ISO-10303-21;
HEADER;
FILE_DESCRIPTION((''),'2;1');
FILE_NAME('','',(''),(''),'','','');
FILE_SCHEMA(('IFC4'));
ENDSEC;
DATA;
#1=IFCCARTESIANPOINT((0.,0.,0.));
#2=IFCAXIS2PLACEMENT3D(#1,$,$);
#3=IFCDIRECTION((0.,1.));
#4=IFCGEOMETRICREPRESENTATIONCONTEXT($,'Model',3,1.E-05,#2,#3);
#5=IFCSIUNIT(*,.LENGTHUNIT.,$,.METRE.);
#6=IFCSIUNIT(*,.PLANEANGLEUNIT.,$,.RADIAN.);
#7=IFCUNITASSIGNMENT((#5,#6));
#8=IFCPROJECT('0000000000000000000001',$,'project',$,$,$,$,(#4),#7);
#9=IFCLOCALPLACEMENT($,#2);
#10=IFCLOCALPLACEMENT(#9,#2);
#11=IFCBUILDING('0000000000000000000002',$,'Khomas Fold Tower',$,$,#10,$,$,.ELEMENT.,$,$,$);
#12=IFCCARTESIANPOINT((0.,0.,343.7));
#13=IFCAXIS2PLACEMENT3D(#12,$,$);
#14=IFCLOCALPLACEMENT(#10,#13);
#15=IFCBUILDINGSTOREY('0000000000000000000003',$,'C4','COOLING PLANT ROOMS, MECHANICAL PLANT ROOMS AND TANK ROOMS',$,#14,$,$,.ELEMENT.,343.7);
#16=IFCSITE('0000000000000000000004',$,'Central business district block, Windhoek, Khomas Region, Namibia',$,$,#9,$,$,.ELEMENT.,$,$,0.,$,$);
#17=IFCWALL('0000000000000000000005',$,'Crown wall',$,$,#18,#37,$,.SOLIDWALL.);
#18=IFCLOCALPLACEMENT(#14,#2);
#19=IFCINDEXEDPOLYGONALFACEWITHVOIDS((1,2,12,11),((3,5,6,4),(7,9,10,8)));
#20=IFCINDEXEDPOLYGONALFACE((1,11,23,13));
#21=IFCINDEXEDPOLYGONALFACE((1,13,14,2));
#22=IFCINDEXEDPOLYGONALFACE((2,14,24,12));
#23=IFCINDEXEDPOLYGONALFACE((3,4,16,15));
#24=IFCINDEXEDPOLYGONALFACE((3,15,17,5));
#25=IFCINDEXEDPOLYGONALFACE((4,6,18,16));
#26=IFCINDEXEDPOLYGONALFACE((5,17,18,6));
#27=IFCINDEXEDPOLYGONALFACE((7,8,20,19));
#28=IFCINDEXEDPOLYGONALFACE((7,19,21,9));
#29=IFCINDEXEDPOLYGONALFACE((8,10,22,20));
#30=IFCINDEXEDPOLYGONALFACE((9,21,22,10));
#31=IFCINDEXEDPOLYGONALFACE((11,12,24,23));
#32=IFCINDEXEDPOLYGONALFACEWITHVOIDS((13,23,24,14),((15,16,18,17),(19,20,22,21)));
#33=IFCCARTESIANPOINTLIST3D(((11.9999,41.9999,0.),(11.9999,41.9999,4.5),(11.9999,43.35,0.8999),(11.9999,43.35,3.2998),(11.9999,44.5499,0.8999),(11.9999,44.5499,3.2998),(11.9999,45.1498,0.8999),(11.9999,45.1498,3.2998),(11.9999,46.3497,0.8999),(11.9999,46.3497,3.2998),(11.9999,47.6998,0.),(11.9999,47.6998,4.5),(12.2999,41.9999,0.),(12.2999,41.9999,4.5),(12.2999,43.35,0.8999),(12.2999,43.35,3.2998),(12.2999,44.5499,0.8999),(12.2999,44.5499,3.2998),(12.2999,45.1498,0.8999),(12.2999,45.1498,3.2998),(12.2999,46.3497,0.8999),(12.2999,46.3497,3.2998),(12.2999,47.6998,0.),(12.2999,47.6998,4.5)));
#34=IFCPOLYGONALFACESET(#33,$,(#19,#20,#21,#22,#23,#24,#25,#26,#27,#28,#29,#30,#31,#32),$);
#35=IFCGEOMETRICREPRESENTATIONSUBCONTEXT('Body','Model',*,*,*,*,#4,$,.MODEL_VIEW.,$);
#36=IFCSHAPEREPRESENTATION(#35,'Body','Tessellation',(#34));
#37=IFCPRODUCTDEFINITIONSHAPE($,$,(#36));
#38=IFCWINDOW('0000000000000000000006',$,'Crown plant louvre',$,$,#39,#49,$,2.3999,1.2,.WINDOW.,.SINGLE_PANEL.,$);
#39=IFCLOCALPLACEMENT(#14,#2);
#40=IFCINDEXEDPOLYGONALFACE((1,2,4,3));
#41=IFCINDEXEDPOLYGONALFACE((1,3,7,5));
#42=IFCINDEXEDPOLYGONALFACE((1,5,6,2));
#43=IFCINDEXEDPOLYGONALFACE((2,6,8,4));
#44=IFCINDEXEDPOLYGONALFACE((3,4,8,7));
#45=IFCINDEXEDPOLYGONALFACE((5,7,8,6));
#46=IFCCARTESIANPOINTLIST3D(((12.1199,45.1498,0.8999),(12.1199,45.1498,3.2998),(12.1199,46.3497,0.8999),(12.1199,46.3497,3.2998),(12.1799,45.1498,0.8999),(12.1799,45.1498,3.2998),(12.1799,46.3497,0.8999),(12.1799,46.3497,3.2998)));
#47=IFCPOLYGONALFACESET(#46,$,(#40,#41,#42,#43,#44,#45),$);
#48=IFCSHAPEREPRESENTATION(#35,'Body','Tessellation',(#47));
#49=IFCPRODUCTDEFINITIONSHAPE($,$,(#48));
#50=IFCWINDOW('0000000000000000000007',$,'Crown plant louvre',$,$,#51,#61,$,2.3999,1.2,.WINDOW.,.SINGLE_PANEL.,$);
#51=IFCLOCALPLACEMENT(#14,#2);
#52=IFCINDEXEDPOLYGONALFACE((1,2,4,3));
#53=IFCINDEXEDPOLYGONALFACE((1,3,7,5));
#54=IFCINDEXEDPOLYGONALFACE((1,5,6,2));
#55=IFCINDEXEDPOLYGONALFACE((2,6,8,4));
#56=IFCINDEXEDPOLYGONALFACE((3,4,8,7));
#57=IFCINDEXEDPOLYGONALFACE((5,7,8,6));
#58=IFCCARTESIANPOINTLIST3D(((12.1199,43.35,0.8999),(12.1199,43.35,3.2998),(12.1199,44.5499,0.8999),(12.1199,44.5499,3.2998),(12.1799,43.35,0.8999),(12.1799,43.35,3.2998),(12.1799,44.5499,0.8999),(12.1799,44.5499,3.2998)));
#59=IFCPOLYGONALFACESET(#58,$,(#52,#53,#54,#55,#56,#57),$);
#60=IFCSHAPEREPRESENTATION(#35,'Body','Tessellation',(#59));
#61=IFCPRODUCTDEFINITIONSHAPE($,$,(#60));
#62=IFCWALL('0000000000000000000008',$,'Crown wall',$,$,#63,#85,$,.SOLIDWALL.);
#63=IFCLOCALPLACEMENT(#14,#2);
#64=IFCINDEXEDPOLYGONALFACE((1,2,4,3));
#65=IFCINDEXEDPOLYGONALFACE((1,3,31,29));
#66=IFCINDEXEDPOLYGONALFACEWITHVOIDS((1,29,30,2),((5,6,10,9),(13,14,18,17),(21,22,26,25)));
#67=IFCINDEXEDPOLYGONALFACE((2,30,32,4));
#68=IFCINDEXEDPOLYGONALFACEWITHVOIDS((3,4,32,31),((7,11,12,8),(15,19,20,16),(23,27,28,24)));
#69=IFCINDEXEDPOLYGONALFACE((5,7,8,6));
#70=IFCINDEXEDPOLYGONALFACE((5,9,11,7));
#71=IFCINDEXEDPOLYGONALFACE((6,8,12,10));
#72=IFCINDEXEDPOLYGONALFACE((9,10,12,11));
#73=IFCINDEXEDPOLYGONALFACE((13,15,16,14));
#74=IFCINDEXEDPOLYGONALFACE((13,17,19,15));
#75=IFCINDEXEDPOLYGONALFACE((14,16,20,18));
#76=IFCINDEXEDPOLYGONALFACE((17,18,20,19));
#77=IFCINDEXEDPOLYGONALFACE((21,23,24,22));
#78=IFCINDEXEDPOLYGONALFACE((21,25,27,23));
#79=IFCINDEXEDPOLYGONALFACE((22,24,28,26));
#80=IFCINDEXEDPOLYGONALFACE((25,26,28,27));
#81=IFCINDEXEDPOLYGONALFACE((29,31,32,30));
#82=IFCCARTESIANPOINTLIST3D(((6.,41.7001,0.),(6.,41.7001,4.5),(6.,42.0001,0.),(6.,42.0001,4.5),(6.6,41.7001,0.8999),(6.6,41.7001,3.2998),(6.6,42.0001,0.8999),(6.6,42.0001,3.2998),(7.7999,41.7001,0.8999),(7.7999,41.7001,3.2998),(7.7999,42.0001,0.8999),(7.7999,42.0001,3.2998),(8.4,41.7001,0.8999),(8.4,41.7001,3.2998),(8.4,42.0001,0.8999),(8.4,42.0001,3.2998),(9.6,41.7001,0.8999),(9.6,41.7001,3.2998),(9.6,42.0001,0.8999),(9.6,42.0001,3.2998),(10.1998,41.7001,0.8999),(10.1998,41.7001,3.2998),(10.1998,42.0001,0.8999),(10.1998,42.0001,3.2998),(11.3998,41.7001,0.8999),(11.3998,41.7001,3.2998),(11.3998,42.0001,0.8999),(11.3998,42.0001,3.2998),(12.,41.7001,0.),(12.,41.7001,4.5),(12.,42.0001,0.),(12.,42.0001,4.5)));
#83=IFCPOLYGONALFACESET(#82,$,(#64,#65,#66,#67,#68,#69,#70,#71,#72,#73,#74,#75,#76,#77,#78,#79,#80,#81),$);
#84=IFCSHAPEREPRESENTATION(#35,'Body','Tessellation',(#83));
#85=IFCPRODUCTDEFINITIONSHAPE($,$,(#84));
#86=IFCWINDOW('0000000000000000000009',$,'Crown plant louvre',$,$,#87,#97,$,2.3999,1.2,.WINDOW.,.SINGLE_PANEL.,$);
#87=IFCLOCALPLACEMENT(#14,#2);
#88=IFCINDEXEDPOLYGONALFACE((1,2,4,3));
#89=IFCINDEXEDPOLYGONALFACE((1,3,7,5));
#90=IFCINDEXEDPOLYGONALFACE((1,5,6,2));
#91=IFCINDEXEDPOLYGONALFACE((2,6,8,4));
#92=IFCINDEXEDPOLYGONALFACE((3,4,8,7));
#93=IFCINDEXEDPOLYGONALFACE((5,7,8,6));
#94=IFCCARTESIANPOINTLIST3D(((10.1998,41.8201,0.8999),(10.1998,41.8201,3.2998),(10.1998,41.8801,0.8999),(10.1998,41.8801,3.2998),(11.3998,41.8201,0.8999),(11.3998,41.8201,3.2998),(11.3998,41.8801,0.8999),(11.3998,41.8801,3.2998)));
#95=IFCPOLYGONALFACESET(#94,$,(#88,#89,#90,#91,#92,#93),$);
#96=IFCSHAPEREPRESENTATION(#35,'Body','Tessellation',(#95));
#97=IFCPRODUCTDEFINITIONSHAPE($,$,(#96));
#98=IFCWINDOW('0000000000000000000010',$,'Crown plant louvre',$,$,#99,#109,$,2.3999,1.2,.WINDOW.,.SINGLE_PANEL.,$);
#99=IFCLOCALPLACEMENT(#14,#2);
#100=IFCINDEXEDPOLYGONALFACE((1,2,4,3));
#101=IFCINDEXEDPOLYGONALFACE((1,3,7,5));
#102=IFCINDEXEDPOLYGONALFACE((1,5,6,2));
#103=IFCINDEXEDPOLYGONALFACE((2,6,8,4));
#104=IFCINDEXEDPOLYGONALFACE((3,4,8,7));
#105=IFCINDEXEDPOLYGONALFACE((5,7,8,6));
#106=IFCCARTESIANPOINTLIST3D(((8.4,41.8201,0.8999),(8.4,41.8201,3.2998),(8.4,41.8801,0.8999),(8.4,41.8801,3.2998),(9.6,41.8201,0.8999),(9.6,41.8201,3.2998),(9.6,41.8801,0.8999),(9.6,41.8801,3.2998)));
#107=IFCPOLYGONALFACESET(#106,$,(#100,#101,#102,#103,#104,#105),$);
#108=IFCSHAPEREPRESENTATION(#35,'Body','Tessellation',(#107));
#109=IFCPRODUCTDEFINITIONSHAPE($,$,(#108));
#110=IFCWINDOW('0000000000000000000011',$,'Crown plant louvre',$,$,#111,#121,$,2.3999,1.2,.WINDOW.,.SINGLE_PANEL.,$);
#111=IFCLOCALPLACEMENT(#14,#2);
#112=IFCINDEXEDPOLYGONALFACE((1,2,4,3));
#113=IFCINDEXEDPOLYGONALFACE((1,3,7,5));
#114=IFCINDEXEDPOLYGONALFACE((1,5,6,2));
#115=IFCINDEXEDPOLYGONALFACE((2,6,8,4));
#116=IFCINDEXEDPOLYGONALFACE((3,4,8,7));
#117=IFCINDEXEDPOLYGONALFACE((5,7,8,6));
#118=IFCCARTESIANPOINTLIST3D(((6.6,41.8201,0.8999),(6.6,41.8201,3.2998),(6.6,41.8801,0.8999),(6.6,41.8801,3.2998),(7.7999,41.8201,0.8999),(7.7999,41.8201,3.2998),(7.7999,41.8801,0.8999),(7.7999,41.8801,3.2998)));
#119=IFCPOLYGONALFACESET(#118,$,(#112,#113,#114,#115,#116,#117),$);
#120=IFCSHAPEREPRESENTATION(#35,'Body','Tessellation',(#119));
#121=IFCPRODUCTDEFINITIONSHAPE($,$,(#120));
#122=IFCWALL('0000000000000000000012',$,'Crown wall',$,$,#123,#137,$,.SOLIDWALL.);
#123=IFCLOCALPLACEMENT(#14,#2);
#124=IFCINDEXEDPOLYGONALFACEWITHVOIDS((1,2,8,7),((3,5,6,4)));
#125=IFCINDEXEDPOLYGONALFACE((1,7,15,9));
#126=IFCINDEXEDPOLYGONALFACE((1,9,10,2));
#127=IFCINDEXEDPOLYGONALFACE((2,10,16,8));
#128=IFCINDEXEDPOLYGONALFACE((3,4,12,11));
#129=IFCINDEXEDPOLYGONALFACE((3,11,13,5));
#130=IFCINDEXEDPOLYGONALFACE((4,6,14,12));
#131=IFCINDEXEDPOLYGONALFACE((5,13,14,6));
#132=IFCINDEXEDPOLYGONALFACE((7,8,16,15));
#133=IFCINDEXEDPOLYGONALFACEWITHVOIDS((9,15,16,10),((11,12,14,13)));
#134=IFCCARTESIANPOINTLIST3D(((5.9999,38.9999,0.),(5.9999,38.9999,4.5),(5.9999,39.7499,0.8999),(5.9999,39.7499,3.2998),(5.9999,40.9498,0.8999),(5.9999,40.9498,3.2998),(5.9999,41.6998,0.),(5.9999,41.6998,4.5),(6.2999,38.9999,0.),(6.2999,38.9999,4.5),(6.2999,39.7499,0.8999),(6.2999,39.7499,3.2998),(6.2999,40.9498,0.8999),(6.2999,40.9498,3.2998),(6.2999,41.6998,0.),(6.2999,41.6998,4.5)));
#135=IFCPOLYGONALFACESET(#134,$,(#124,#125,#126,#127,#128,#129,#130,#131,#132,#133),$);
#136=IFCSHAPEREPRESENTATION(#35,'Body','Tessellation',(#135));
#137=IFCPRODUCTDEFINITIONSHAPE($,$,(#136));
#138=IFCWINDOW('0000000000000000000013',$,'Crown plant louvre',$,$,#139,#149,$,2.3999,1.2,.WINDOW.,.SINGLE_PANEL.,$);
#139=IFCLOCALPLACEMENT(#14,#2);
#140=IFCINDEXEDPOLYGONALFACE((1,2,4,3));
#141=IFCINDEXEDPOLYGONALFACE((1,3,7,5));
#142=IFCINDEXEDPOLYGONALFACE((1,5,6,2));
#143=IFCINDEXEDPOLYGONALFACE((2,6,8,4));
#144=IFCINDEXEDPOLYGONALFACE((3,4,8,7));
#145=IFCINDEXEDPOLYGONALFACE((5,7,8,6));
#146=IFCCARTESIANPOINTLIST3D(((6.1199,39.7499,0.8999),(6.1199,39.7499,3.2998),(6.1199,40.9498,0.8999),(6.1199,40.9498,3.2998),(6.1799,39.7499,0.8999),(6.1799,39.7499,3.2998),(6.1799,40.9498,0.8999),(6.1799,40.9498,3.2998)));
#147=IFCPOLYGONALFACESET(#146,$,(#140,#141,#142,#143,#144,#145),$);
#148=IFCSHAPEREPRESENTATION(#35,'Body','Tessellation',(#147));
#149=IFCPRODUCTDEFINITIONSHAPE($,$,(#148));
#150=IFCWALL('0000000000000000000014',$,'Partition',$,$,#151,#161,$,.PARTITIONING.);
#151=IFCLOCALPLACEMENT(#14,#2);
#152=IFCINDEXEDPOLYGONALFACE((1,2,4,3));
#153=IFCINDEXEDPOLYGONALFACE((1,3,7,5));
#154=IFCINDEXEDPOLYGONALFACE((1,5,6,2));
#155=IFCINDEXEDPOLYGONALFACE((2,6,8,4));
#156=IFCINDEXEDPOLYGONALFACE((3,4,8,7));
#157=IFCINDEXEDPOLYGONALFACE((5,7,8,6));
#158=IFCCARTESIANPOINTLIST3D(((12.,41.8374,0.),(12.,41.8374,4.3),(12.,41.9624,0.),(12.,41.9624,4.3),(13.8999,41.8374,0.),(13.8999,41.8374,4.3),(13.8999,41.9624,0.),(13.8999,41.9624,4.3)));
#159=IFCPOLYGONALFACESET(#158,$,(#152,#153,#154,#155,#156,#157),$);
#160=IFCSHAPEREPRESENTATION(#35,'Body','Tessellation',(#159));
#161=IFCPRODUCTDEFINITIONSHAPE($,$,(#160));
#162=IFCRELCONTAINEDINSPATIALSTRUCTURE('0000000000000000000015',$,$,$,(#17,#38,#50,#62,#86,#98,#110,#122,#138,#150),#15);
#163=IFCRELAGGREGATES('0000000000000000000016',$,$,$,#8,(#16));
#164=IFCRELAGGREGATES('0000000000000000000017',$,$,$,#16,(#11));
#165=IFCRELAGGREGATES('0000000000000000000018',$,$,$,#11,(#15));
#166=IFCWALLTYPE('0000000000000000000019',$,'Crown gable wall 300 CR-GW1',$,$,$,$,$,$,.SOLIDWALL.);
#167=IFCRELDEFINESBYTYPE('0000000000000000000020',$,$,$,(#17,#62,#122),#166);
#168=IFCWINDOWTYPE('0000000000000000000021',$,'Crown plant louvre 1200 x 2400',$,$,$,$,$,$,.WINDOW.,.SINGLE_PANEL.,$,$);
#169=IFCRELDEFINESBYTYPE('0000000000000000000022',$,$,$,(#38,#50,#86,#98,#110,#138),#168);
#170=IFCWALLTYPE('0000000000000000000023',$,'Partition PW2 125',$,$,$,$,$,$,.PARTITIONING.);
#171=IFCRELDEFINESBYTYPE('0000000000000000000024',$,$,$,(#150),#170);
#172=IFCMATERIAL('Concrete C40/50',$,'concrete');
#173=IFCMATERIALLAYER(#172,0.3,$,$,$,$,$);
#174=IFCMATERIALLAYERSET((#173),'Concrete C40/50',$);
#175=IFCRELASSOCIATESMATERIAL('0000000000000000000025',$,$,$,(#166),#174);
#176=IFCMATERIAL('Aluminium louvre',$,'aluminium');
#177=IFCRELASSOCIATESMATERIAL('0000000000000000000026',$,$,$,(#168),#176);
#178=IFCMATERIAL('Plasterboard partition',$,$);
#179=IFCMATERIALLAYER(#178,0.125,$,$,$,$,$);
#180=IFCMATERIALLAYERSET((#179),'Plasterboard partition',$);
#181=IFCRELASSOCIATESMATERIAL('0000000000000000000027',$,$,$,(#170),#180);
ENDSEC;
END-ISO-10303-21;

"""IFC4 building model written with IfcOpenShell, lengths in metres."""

from ifc_helpers import new_model, si_unit, direction, frame, frame_2d, origin, place, context, subcontext, project, spatial, rectangle, extrude, source, transform, mapped, material, layer, layer_set, type_object, element, fill, save


model = new_model("IFC4")

# Units and contexts
model_context = context("Model", 3, precision=1e-05, world=origin(), true_north=direction((0.0, 1.0)))
body_context = subcontext(model_context, "Body", "Model", "MODEL_VIEW")
ifc_project = project(units=[si_unit("LENGTHUNIT", "METRE"), si_unit("PLANEANGLEUNIT", "RADIAN")], contexts=[model_context])

# Site, building, storey
site_placement = place(None, origin())
site = spatial("IfcSite", under=ifc_project, at=site_placement, Name="Central business district block, Windhoek, Khomas Region, Namibia", CompositionType="ELEMENT", RefElevation=0.0)
building_placement = place(site_placement, origin())
building = spatial("IfcBuilding", under=site, at=building_placement, Name="Khomas Fold Tower", CompositionType="ELEMENT")
storey_placement = place(building_placement, frame((0.0, 0.0, 343.7)))
storey = spatial("IfcBuildingStorey", under=building, at=storey_placement, Name="C4", Description="COOLING PLANT ROOMS, MECHANICAL PLANT ROOMS AND TANK ROOMS", CompositionType="ELEMENT", Elevation=343.7)

# Walls, openings, windows
ifc_material_1 = material(Name="Concrete C40/50", Category="concrete")
ifc_layer_1 = layer(ifc_material_1, 0.3)
ifc_layer_set_1 = layer_set([ifc_layer_1], Name="Concrete C40/50")
wall_type_1 = type_object("IfcWallType", Name="Crown gable wall 300 CR-GW1", PredefinedType="SOLIDWALL", material=ifc_layer_set_1)
shared_shape_1 = source(origin(), body_context, "Body", "SweptSolid", [
    extrude(rectangle(XDim=5.7, YDim=0.3, at=frame_2d((2.8501, 0.0))), origin(), (0.0, 0.0, 1.0), 4.5),
])
wall_1_placement = place(storey_placement, frame((12.1499, 47.7, 0.0), z_axis=(0.0, 0.0, 1.0), x_axis=(0.0, -1.0, 0.0)))
wall_1 = element("IfcWall", 1, at=wall_1_placement, inside=storey, type_object=wall_type_1, Name="Crown wall", PredefinedType="SOLIDWALL", context=body_context, shape_type="MappedRepresentation", body=[
    mapped(shared_shape_1, transform((0.0, 0.0, 0.0))),
])
shared_shape_2 = source(origin(), body_context, "Body", "SweptSolid", [
    extrude(rectangle(XDim=1.2, YDim=2.3999, at=frame_2d((0.6001, 1.2))), frame((0.0, 0.1599, 0.0), z_axis=(0.0, -1.0, 0.0), x_axis=(1.0, 0.0, 0.0)), (0.0, 0.0, 1.0), 0.3201),
])
opening_1_placement = place(wall_1_placement, frame((1.3501, 0.0, 0.8999)))
opening_1 = element("IfcOpeningElement", 2, at=opening_1_placement, cuts=wall_1, PredefinedType="OPENING", context=body_context, shape_type="MappedRepresentation", body=[
    mapped(shared_shape_2, transform((0.0, 0.0, 0.0))),
])
opening_2_placement = place(wall_1_placement, frame((3.1499, 0.0, 0.8999)))
opening_2 = element("IfcOpeningElement", 3, at=opening_2_placement, cuts=wall_1, PredefinedType="OPENING", context=body_context, shape_type="MappedRepresentation", body=[
    mapped(shared_shape_2, transform((0.0, 0.0, 0.0))),
])
ifc_material_2 = material(Name="Aluminium louvre", Category="aluminium")
window_type = type_object("IfcWindowType", Name="Crown plant louvre 1200 x 2400", PartitioningType="SINGLE_PANEL", PredefinedType="WINDOW", material=ifc_material_2)
shared_shape_3 = source(origin(), body_context, "Body", "SweptSolid", [
    extrude(rectangle(XDim=1.2, YDim=2.3999, at=frame_2d((0.6001, 1.2))), frame((0.0, 0.03, 0.0), z_axis=(0.0, -1.0, 0.0), x_axis=(1.0, 0.0, 0.0)), (0.0, 0.0, 1.0), 0.0601),
])
window_1_placement = place(opening_1_placement, origin())
window_1 = element("IfcWindow", 4, at=window_1_placement, inside=storey, type_object=window_type, Name="Crown plant louvre", OverallHeight=2.3999, OverallWidth=1.2, PartitioningType="SINGLE_PANEL", PredefinedType="WINDOW", context=body_context, shape_type="MappedRepresentation", body=[
    mapped(shared_shape_3, transform((0.0, 0.0, 0.0))),
])
fill(opening_1, window_1)
window_2_placement = place(opening_2_placement, origin())
window_2 = element("IfcWindow", 5, at=window_2_placement, inside=storey, type_object=window_type, Name="Crown plant louvre", OverallHeight=2.3999, OverallWidth=1.2, PartitioningType="SINGLE_PANEL", PredefinedType="WINDOW", context=body_context, shape_type="MappedRepresentation", body=[
    mapped(shared_shape_3, transform((0.0, 0.0, 0.0))),
])
fill(opening_2, window_2)
shared_shape_4 = source(origin(), body_context, "Body", "SweptSolid", [
    extrude(rectangle(XDim=6.0, YDim=0.3, at=frame_2d((3.0, 0.0))), origin(), (0.0, 0.0, 1.0), 4.5),
])
wall_2_placement = place(storey_placement, frame((12.0, 41.8501, 0.0), z_axis=(0.0, 0.0, 1.0), x_axis=(-1.0, 0.0, 0.0)))
wall_2 = element("IfcWall", 6, at=wall_2_placement, inside=storey, type_object=wall_type_1, Name="Crown wall", PredefinedType="SOLIDWALL", context=body_context, shape_type="MappedRepresentation", body=[
    mapped(shared_shape_4, transform((0.0, 0.0, 0.0))),
])
opening_3_placement = place(wall_2_placement, frame((0.6001, 0.0, 0.8999)))
opening_3 = element("IfcOpeningElement", 7, at=opening_3_placement, cuts=wall_2, PredefinedType="OPENING", context=body_context, shape_type="MappedRepresentation", body=[
    mapped(shared_shape_2, transform((0.0, 0.0, 0.0))),
])
opening_4_placement = place(wall_2_placement, frame((2.3999, 0.0, 0.8999)))
opening_4 = element("IfcOpeningElement", 8, at=opening_4_placement, cuts=wall_2, PredefinedType="OPENING", context=body_context, shape_type="MappedRepresentation", body=[
    mapped(shared_shape_2, transform((0.0, 0.0, 0.0))),
])
opening_5_placement = place(wall_2_placement, frame((4.2, 0.0, 0.8999)))
opening_5 = element("IfcOpeningElement", 9, at=opening_5_placement, cuts=wall_2, PredefinedType="OPENING", context=body_context, shape_type="MappedRepresentation", body=[
    mapped(shared_shape_2, transform((0.0, 0.0, 0.0))),
])
window_3_placement = place(opening_3_placement, origin())
window_3 = element("IfcWindow", 10, at=window_3_placement, inside=storey, type_object=window_type, Name="Crown plant louvre", OverallHeight=2.3999, OverallWidth=1.2, PartitioningType="SINGLE_PANEL", PredefinedType="WINDOW", context=body_context, shape_type="MappedRepresentation", body=[
    mapped(shared_shape_3, transform((0.0, 0.0, 0.0))),
])
fill(opening_3, window_3)
window_4_placement = place(opening_4_placement, origin())
window_4 = element("IfcWindow", 11, at=window_4_placement, inside=storey, type_object=window_type, Name="Crown plant louvre", OverallHeight=2.3999, OverallWidth=1.2, PartitioningType="SINGLE_PANEL", PredefinedType="WINDOW", context=body_context, shape_type="MappedRepresentation", body=[
    mapped(shared_shape_3, transform((0.0, 0.0, 0.0))),
])
fill(opening_4, window_4)
window_5_placement = place(opening_5_placement, origin())
window_5 = element("IfcWindow", 12, at=window_5_placement, inside=storey, type_object=window_type, Name="Crown plant louvre", OverallHeight=2.3999, OverallWidth=1.2, PartitioningType="SINGLE_PANEL", PredefinedType="WINDOW", context=body_context, shape_type="MappedRepresentation", body=[
    mapped(shared_shape_3, transform((0.0, 0.0, 0.0))),
])
fill(opening_5, window_5)

# Wall, opening, window
shared_shape_5 = source(origin(), body_context, "Body", "SweptSolid", [
    extrude(rectangle(XDim=2.7, YDim=0.3, at=frame_2d((1.3501, 0.0))), origin(), (0.0, 0.0, 1.0), 4.5),
])
wall_3_placement = place(storey_placement, frame((6.1499, 41.7, 0.0), z_axis=(0.0, 0.0, 1.0), x_axis=(0.0, -1.0, 0.0)))
wall_3 = element("IfcWall", 13, at=wall_3_placement, inside=storey, type_object=wall_type_1, Name="Crown wall", PredefinedType="SOLIDWALL", context=body_context, shape_type="MappedRepresentation", body=[
    mapped(shared_shape_5, transform((0.0, 0.0, 0.0))),
])
opening_6_placement = place(wall_3_placement, frame((0.75, 0.0, 0.8999)))
opening_6 = element("IfcOpeningElement", 14, at=opening_6_placement, cuts=wall_3, PredefinedType="OPENING", context=body_context, shape_type="MappedRepresentation", body=[
    mapped(shared_shape_2, transform((0.0, 0.0, 0.0))),
])
window_6_placement = place(opening_6_placement, origin())
window_6 = element("IfcWindow", 15, at=window_6_placement, inside=storey, type_object=window_type, Name="Crown plant louvre", OverallHeight=2.3999, OverallWidth=1.2, PartitioningType="SINGLE_PANEL", PredefinedType="WINDOW", context=body_context, shape_type="MappedRepresentation", body=[
    mapped(shared_shape_3, transform((0.0, 0.0, 0.0))),
])
fill(opening_6, window_6)

# Wall
ifc_material_3 = material(Name="Plasterboard partition")
ifc_layer_2 = layer(ifc_material_3, 0.125)
ifc_layer_set_2 = layer_set([ifc_layer_2], Name="Plasterboard partition")
wall_type_2 = type_object("IfcWallType", Name="Partition PW2 125", PredefinedType="PARTITIONING", material=ifc_layer_set_2)
shared_shape_6 = source(origin(), body_context, "Body", "SweptSolid", [
    extrude(rectangle(XDim=1.8999, YDim=0.125, at=frame_2d((0.95, 0.0))), origin(), (0.0, 0.0, 1.0), 4.3),
])
wall_4_placement = place(storey_placement, frame((12.0, 41.8999, 0.0), z_axis=(0.0, 0.0, 1.0), x_axis=(1.0, 0.0, 0.0)))
element("IfcWall", 16, at=wall_4_placement, inside=storey, type_object=wall_type_2, Name="Partition", PredefinedType="PARTITIONING", context=body_context, shape_type="MappedRepresentation", body=[
    mapped(shared_shape_6, transform((0.0, 0.0, 0.0))),
])

save(model, "model.ifc")
